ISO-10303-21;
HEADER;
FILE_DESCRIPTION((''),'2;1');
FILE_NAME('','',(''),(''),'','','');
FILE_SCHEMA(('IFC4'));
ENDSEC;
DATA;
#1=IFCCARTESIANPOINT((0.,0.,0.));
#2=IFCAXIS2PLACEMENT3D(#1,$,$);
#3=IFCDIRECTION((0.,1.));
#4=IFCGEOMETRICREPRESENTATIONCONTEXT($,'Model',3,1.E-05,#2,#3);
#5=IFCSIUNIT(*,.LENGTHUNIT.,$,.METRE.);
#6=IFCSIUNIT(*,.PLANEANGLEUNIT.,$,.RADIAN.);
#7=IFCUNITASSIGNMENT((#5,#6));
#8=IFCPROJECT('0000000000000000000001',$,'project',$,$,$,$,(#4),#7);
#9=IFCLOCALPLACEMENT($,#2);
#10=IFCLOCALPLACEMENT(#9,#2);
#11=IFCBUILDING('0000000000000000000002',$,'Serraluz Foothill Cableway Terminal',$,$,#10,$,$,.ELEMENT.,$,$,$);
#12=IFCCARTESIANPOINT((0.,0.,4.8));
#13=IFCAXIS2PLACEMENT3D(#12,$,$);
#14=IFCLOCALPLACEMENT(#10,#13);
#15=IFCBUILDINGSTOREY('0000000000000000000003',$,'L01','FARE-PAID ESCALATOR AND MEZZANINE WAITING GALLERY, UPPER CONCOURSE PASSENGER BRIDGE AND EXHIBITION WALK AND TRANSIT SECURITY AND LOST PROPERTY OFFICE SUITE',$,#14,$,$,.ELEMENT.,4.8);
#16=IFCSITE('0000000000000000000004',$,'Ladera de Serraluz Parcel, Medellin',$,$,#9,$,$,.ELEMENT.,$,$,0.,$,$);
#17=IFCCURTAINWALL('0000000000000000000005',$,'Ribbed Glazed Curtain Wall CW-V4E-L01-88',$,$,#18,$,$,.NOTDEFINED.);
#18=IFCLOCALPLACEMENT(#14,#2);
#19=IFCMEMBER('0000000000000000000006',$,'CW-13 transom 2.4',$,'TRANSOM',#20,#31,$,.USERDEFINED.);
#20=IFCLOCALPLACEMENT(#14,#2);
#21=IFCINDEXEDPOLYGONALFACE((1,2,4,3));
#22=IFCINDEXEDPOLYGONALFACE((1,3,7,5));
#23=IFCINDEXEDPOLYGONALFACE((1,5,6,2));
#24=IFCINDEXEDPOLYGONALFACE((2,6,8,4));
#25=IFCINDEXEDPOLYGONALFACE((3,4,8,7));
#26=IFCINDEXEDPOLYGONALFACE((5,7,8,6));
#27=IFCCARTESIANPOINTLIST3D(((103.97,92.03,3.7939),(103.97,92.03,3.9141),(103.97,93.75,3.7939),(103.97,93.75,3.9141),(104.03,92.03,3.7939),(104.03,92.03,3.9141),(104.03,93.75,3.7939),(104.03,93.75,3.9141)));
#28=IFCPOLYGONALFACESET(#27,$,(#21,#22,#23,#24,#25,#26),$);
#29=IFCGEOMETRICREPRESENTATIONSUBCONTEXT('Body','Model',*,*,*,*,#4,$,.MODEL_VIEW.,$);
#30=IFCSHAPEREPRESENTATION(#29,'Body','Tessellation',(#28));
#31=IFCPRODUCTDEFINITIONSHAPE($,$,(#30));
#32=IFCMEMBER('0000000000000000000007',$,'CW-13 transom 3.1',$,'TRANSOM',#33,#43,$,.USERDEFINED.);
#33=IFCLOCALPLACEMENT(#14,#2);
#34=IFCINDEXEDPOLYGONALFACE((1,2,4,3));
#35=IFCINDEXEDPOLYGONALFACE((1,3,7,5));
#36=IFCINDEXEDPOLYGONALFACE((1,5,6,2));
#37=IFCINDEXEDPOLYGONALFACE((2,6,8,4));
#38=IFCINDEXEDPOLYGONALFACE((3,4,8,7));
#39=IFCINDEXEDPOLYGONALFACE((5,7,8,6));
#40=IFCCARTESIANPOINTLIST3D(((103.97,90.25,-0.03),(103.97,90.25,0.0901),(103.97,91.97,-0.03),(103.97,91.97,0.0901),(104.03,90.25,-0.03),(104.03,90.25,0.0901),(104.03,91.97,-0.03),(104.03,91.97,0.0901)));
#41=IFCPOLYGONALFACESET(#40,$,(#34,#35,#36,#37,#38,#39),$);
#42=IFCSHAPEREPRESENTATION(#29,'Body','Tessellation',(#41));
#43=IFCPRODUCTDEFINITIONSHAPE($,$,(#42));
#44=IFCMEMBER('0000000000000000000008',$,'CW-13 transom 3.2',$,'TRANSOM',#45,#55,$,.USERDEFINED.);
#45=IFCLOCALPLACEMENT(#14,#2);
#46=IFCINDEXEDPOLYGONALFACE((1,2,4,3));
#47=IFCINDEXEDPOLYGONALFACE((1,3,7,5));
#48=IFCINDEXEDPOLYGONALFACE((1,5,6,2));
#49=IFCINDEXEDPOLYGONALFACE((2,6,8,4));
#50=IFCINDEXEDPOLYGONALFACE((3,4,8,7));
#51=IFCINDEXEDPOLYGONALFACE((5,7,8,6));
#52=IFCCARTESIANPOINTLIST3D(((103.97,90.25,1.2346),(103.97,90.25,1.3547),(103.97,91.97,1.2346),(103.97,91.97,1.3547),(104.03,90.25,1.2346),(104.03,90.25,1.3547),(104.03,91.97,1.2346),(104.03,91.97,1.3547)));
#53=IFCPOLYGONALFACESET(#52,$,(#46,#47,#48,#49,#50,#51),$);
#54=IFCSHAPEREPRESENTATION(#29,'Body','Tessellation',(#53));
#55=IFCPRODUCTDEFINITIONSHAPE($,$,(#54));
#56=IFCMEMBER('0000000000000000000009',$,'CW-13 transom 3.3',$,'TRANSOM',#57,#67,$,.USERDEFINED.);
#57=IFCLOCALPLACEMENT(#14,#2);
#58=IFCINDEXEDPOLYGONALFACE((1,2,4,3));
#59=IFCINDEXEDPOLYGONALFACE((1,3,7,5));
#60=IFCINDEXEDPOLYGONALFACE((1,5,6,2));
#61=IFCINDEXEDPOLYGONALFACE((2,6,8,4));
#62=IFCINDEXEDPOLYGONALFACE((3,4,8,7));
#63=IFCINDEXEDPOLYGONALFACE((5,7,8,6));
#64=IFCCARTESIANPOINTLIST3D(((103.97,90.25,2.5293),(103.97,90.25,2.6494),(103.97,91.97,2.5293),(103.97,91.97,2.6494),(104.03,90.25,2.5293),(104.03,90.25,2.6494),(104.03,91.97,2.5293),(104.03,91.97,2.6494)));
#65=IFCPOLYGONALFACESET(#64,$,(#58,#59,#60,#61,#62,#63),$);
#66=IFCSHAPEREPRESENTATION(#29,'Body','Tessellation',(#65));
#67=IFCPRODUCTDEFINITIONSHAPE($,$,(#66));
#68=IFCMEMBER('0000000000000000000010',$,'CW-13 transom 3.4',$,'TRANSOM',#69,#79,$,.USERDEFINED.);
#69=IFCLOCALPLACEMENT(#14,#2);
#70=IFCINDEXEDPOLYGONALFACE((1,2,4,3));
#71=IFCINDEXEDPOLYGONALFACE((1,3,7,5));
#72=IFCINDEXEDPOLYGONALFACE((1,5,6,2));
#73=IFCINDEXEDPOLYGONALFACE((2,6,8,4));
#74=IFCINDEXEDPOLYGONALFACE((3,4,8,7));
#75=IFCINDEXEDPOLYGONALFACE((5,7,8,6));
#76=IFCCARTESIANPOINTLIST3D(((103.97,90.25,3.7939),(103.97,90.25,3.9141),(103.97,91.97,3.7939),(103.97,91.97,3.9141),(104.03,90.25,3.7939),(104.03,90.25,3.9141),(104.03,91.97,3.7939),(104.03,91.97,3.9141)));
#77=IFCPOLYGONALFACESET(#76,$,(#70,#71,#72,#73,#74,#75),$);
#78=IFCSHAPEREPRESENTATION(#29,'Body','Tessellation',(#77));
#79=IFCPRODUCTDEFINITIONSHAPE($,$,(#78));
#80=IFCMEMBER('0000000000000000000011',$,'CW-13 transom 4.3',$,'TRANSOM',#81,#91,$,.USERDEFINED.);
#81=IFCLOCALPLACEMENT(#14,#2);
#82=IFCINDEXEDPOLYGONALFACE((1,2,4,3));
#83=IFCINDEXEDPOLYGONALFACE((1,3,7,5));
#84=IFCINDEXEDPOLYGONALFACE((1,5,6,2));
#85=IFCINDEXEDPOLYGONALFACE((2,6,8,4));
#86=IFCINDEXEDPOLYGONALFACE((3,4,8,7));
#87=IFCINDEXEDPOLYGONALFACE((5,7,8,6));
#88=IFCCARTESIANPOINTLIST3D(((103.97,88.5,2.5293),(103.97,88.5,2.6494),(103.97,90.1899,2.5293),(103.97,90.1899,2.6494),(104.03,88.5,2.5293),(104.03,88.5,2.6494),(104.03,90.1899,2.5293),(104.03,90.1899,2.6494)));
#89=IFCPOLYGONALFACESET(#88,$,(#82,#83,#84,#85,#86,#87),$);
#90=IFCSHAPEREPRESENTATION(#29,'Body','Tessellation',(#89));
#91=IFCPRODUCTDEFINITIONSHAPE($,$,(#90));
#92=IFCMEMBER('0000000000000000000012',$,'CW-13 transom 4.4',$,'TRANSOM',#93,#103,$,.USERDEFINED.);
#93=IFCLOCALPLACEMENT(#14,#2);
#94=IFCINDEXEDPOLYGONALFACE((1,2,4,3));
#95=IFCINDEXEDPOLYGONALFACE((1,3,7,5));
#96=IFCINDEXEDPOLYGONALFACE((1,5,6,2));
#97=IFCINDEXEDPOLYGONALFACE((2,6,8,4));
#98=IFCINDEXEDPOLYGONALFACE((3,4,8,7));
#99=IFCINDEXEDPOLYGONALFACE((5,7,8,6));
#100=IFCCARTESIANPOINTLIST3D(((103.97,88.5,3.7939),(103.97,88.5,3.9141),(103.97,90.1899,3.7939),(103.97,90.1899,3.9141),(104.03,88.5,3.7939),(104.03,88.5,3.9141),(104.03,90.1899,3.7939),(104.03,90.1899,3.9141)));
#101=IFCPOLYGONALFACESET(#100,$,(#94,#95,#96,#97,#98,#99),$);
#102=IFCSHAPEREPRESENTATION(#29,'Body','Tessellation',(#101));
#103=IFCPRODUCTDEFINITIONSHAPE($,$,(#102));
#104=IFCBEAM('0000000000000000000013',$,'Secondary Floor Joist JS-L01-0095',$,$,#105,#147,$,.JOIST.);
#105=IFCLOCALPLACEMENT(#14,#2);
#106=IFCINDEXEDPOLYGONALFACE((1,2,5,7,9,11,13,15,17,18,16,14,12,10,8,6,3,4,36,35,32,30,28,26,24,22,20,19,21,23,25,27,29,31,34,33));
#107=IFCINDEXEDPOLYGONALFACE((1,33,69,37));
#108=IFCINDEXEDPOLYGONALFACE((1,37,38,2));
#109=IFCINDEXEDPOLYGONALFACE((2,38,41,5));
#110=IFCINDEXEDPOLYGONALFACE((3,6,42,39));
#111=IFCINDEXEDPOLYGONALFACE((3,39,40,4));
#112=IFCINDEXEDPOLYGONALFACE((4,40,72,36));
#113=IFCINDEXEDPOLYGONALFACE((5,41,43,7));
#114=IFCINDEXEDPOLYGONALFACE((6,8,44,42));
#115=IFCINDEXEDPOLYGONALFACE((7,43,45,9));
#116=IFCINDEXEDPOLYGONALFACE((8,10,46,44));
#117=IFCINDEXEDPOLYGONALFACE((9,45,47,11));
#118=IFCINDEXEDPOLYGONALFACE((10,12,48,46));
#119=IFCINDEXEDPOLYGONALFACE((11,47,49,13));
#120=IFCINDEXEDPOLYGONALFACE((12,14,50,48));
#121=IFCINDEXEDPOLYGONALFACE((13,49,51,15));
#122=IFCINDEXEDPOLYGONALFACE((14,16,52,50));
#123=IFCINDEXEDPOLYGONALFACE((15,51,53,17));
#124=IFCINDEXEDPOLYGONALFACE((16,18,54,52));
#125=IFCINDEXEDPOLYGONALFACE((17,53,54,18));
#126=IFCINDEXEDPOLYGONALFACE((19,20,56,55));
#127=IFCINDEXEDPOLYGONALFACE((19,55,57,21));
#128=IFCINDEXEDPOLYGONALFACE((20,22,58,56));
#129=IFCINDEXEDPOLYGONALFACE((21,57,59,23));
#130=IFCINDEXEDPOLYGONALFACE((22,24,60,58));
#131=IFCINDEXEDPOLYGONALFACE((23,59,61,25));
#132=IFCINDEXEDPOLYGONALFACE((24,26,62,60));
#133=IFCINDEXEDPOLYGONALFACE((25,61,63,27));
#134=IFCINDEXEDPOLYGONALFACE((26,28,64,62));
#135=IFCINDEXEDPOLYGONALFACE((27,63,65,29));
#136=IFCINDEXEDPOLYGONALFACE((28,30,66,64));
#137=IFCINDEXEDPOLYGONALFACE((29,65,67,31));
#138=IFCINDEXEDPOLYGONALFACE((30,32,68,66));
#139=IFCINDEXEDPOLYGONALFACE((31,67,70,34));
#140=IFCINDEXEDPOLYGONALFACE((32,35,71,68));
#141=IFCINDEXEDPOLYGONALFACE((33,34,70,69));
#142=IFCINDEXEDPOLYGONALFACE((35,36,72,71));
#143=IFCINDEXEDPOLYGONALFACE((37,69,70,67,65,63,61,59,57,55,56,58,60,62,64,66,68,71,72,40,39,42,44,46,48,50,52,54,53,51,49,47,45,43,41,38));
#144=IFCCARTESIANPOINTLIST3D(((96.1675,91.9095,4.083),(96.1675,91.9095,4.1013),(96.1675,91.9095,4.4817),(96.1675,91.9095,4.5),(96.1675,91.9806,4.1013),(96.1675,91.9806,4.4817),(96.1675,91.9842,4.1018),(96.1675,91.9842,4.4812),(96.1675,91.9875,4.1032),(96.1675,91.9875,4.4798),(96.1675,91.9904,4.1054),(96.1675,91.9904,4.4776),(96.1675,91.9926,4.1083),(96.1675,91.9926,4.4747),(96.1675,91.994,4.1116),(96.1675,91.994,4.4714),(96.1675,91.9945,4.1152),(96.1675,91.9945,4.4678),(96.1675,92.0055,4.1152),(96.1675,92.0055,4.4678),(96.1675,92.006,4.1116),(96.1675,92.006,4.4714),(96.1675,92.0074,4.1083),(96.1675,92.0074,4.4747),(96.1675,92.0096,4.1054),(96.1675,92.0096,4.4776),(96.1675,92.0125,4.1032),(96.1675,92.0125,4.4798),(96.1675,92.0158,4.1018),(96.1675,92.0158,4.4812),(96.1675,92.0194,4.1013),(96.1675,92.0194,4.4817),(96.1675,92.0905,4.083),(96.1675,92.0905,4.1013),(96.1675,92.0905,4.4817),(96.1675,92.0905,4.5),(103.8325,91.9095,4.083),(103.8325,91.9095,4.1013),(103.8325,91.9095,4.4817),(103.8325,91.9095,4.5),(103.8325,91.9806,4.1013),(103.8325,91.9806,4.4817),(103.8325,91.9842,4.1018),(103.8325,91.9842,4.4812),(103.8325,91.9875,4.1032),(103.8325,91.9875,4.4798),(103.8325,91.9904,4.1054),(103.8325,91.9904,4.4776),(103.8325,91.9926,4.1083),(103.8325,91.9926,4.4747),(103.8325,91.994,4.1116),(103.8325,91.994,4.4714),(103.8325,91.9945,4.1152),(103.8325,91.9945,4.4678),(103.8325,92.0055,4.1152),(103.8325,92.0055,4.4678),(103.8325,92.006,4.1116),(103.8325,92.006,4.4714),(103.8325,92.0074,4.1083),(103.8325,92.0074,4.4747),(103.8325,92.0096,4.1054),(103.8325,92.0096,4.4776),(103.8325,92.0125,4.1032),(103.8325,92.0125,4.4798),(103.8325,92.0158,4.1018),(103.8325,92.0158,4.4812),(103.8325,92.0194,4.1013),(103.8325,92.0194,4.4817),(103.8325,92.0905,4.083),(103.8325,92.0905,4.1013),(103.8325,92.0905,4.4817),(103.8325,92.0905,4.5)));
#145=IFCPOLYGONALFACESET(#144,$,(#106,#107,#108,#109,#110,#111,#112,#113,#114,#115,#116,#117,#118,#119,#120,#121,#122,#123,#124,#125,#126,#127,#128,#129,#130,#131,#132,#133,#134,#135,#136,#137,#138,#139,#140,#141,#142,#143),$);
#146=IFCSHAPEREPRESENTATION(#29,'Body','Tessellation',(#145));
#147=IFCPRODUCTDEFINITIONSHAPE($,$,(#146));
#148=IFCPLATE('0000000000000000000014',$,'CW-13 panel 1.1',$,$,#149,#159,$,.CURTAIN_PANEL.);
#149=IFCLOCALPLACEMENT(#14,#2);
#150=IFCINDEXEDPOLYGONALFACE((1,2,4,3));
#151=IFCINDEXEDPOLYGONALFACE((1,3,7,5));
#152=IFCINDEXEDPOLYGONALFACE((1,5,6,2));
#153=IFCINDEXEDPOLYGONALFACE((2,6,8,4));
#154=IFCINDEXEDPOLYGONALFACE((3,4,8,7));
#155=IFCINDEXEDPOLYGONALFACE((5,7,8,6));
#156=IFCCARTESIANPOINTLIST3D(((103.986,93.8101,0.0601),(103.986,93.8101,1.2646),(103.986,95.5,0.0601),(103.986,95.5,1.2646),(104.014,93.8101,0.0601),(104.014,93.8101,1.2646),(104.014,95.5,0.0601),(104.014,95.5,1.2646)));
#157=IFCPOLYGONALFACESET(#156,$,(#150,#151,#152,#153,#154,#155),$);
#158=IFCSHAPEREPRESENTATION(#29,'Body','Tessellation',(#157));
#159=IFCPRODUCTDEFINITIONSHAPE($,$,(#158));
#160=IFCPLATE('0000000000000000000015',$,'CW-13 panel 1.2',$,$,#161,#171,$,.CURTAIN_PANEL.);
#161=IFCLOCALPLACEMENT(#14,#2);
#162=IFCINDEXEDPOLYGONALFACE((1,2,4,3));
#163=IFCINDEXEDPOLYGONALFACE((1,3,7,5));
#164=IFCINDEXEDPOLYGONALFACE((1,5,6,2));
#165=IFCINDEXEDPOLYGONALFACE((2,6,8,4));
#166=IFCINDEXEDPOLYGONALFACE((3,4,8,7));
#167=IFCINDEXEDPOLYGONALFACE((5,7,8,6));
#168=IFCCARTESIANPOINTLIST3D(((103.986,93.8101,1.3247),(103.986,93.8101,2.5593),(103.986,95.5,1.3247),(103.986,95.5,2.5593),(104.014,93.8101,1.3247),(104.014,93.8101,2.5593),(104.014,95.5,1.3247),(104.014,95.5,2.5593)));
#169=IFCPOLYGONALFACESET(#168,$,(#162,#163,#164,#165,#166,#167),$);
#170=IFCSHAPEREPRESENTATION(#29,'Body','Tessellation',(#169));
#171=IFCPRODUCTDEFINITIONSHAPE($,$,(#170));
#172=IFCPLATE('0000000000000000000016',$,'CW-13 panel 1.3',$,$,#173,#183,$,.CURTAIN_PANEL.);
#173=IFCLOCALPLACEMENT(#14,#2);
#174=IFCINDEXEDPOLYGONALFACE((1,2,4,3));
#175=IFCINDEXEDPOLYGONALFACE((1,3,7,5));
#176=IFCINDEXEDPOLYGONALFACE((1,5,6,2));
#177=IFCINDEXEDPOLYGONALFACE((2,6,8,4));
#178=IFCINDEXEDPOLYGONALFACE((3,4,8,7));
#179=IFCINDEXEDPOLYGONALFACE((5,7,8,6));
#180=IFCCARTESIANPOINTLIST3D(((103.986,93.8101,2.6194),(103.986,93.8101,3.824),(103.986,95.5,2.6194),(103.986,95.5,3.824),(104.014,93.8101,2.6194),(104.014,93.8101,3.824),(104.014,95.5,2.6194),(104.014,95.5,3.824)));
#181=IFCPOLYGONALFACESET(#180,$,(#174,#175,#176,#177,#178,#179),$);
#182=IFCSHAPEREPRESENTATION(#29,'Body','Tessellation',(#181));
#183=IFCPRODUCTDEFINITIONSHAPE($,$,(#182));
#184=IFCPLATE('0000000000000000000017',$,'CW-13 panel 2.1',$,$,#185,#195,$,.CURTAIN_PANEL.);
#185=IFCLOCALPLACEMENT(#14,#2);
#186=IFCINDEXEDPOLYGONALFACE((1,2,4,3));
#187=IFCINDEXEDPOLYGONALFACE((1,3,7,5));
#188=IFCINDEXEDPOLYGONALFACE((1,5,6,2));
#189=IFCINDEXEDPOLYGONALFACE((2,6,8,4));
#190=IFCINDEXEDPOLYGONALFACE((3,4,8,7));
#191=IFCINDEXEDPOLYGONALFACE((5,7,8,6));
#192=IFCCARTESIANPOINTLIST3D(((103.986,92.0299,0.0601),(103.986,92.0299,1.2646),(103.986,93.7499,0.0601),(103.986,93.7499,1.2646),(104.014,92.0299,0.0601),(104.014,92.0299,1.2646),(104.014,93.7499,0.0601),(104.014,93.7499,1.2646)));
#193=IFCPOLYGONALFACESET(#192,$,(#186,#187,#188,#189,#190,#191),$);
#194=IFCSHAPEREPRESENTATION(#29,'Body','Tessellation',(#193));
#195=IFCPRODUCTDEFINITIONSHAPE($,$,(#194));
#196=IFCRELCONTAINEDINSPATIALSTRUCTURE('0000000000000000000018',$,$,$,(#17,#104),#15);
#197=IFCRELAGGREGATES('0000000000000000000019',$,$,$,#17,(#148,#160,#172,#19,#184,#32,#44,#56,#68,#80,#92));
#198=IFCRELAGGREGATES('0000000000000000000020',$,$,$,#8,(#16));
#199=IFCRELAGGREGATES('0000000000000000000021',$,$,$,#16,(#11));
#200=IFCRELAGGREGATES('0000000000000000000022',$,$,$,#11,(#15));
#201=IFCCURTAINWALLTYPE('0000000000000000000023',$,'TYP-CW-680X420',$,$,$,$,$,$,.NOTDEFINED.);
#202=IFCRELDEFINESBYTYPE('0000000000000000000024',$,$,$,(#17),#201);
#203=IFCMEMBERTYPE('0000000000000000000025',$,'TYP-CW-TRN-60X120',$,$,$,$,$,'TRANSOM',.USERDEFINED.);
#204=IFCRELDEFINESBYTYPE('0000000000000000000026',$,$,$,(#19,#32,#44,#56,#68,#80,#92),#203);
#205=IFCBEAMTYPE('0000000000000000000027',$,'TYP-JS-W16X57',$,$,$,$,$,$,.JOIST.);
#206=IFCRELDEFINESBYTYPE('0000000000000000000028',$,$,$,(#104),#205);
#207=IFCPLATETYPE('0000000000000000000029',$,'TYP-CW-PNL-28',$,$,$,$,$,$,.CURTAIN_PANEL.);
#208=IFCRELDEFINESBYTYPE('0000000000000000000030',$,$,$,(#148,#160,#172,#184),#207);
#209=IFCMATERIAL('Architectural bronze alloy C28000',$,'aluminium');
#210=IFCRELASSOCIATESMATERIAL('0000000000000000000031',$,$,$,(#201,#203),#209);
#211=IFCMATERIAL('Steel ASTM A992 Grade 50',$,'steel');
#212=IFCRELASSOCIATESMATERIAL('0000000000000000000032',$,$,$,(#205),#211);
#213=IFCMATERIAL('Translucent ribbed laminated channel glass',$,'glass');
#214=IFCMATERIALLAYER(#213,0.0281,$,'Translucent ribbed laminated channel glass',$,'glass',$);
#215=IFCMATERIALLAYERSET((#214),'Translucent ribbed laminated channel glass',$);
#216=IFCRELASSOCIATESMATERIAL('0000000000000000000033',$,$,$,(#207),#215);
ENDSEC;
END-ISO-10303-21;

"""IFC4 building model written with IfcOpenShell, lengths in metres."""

from ifc_helpers import new_model, si_unit, direction, frame, origin, origin_2d, place, context, subcontext, project, spatial, rectangle, i_section, extrude, material, layer, layer_set, material_profile, profile_set, type_object, element, aggregate, save


model = new_model("IFC4")

# Units and contexts
model_context = context("Model", 3, precision=1e-05, world=origin(), true_north=direction((0.0, 1.0)))
body_context = subcontext(model_context, "Body", "Model", "MODEL_VIEW")
ifc_project = project(units=[si_unit("LENGTHUNIT", "METRE"), si_unit("PLANEANGLEUNIT", "RADIAN")], contexts=[model_context])

# Site, building, storey
site_placement = place(None, origin())
site = spatial("IfcSite", under=ifc_project, at=site_placement, Name="Ladera de Serraluz Parcel, Medellin", CompositionType="ELEMENT", RefElevation=0.0)
building_placement = place(site_placement, origin())
building = spatial("IfcBuilding", under=site, at=building_placement, Name="Serraluz Foothill Cableway Terminal", CompositionType="ELEMENT")
storey_placement = place(building_placement, frame((0.0, 0.0, 4.8)))
storey = spatial("IfcBuildingStorey", under=building, at=storey_placement, Name="L01", Description="FARE-PAID ESCALATOR AND MEZZANINE WAITING GALLERY, UPPER CONCOURSE PASSENGER BRIDGE AND EXHIBITION WALK AND TRANSIT SECURITY AND LOST PROPERTY OFFICE SUITE", CompositionType="ELEMENT", Elevation=4.8)

# Curtain wall, members
ifc_material_1 = material(Name="Architectural bronze alloy C28000", Category="aluminium")
curtain_wall_type = type_object("IfcCurtainWallType", Name="TYP-CW-680X420", PredefinedType="NOTDEFINED", material=ifc_material_1)
curtain_wall_placement = place(storey_placement, origin())
curtain_wall = element("IfcCurtainWall", 1, at=curtain_wall_placement, inside=storey, type_object=curtain_wall_type, Name="Ribbed Glazed Curtain Wall CW-V4E-L01-88", PredefinedType="NOTDEFINED")
ifc_material_profile_1 = material_profile(ifc_material_1, rectangle(XDim=0.0601, YDim=0.1201, at=origin_2d()), Name="ALU TRANSOM 60x120")
ifc_profile_set_1 = profile_set([ifc_material_profile_1], Name="Architectural bronze alloy C28000")
member_type_1 = type_object("IfcMemberType", Name="TYP-CW-TRN-60X120", ElementType="TRANSOM", PredefinedType="USERDEFINED", material=ifc_profile_set_1)
member_1_placement = place(storey_placement, frame((104.0, 93.75, 3.854), z_axis=(0.0, -1.0, 0.0), x_axis=(1.0, 0.0, 0.0)))
member_1 = element("IfcMember", 2, at=member_1_placement, type_object=member_type_1, Name="CW-13 transom 2.4", ObjectType="TRANSOM", PredefinedType="USERDEFINED", context=body_context, shape_type="SweptSolid", body=[
    extrude(rectangle(XDim=0.0601, YDim=0.1201, at=origin_2d()), origin(), (0.0, 0.0, 1.0), 1.72),
])
member_2_placement = place(storey_placement, frame((104.0, 91.97, 0.03), z_axis=(0.0, -1.0, 0.0), x_axis=(1.0, 0.0, 0.0)))
member_2 = element("IfcMember", 3, at=member_2_placement, type_object=member_type_1, Name="CW-13 transom 3.1", ObjectType="TRANSOM", PredefinedType="USERDEFINED", context=body_context, shape_type="SweptSolid", body=[
    extrude(rectangle(XDim=0.0601, YDim=0.1201, at=origin_2d()), origin(), (0.0, 0.0, 1.0), 1.72),
])
member_3_placement = place(storey_placement, frame((104.0, 91.97, 1.2947), z_axis=(0.0, -1.0, 0.0), x_axis=(1.0, 0.0, 0.0)))
member_3 = element("IfcMember", 4, at=member_3_placement, type_object=member_type_1, Name="CW-13 transom 3.2", ObjectType="TRANSOM", PredefinedType="USERDEFINED", context=body_context, shape_type="SweptSolid", body=[
    extrude(rectangle(XDim=0.0601, YDim=0.1201, at=origin_2d()), origin(), (0.0, 0.0, 1.0), 1.72),
])
member_4_placement = place(storey_placement, frame((104.0, 91.97, 2.5894), z_axis=(0.0, -1.0, 0.0), x_axis=(1.0, 0.0, 0.0)))
member_4 = element("IfcMember", 5, at=member_4_placement, type_object=member_type_1, Name="CW-13 transom 3.3", ObjectType="TRANSOM", PredefinedType="USERDEFINED", context=body_context, shape_type="SweptSolid", body=[
    extrude(rectangle(XDim=0.0601, YDim=0.1201, at=origin_2d()), origin(), (0.0, 0.0, 1.0), 1.72),
])
member_5_placement = place(storey_placement, frame((104.0, 91.97, 3.854), z_axis=(0.0, -1.0, 0.0), x_axis=(1.0, 0.0, 0.0)))
member_5 = element("IfcMember", 6, at=member_5_placement, type_object=member_type_1, Name="CW-13 transom 3.4", ObjectType="TRANSOM", PredefinedType="USERDEFINED", context=body_context, shape_type="SweptSolid", body=[
    extrude(rectangle(XDim=0.0601, YDim=0.1201, at=origin_2d()), origin(), (0.0, 0.0, 1.0), 1.72),
])
member_6_placement = place(storey_placement, frame((104.0, 90.1899, 2.5894), z_axis=(0.0, -1.0, 0.0), x_axis=(1.0, 0.0, 0.0)))
member_6 = element("IfcMember", 7, at=member_6_placement, type_object=member_type_1, Name="CW-13 transom 4.3", ObjectType="TRANSOM", PredefinedType="USERDEFINED", context=body_context, shape_type="SweptSolid", body=[
    extrude(rectangle(XDim=0.0601, YDim=0.1201, at=origin_2d()), origin(), (0.0, 0.0, 1.0), 1.6899),
])
member_7_placement = place(storey_placement, frame((104.0, 90.1899, 3.854), z_axis=(0.0, -1.0, 0.0), x_axis=(1.0, 0.0, 0.0)))
member_7 = element("IfcMember", 8, at=member_7_placement, type_object=member_type_1, Name="CW-13 transom 4.4", ObjectType="TRANSOM", PredefinedType="USERDEFINED", context=body_context, shape_type="SweptSolid", body=[
    extrude(rectangle(XDim=0.0601, YDim=0.1201, at=origin_2d()), origin(), (0.0, 0.0, 1.0), 1.6899),
])

# Beam
ifc_material_2 = material(Name="Steel ASTM A992 Grade 50", Category="steel")
ifc_material_profile_2 = material_profile(ifc_material_2, i_section(OverallWidth=0.1809, OverallDepth=0.417, WebThickness=0.011, FlangeThickness=0.0183, FilletRadius=0.0139, at=origin_2d()), Name="W16X57")
ifc_profile_set_2 = profile_set([ifc_material_profile_2], Name="Steel ASTM A992 Grade 50")
beam_type_1 = type_object("IfcBeamType", Name="TYP-JS-W16X57", PredefinedType="JOIST", material=ifc_profile_set_2)
beam_1_placement = place(storey_placement, frame((96.1675, 92.0, 4.2915), z_axis=(1.0, 0.0, 0.0), x_axis=(0.0, 1.0, 0.0)))
element("IfcBeam", 9, at=beam_1_placement, inside=storey, type_object=beam_type_1, Name="Secondary Floor Joist JS-L01-0095", PredefinedType="JOIST", context=body_context, shape_type="SweptSolid", body=[
    extrude(i_section(OverallWidth=0.1809, OverallDepth=0.417, WebThickness=0.011, FlangeThickness=0.0183, FilletRadius=0.0139, at=origin_2d()), origin(), (0.0, 0.0, 1.0), 7.665),
])

# Plates
ifc_material_3 = material(Name="Translucent ribbed laminated channel glass", Category="glass")
ifc_layer_1 = layer(ifc_material_3, 0.0281, Name="Translucent ribbed laminated channel glass", Category="glass")
ifc_layer_set_1 = layer_set([ifc_layer_1], Name="Translucent ribbed laminated channel glass")
plate_type = type_object("IfcPlateType", Name="TYP-CW-PNL-28", PredefinedType="CURTAIN_PANEL", material=ifc_layer_set_1)
plate_1_placement = place(storey_placement, frame((104.0, 94.655, 0.0601), z_axis=(0.0, 0.0, 1.0), x_axis=(0.0, -1.0, 0.0)))
plate_1 = element("IfcPlate", 10, at=plate_1_placement, type_object=plate_type, Name="CW-13 panel 1.1", PredefinedType="CURTAIN_PANEL", context=body_context, shape_type="SweptSolid", body=[
    extrude(rectangle(XDim=1.6899, YDim=0.0281, at=origin_2d()), origin(), (0.0, 0.0, 1.0), 1.2046),
])
plate_2_placement = place(storey_placement, frame((104.0, 94.655, 1.3247), z_axis=(0.0, 0.0, 1.0), x_axis=(0.0, -1.0, 0.0)))
plate_2 = element("IfcPlate", 11, at=plate_2_placement, type_object=plate_type, Name="CW-13 panel 1.2", PredefinedType="CURTAIN_PANEL", context=body_context, shape_type="SweptSolid", body=[
    extrude(rectangle(XDim=1.6899, YDim=0.0281, at=origin_2d()), origin(), (0.0, 0.0, 1.0), 1.2346),
])
plate_3_placement = place(storey_placement, frame((104.0, 94.655, 2.6194), z_axis=(0.0, 0.0, 1.0), x_axis=(0.0, -1.0, 0.0)))
plate_3 = element("IfcPlate", 12, at=plate_3_placement, type_object=plate_type, Name="CW-13 panel 1.3", PredefinedType="CURTAIN_PANEL", context=body_context, shape_type="SweptSolid", body=[
    extrude(rectangle(XDim=1.6899, YDim=0.0281, at=origin_2d()), origin(), (0.0, 0.0, 1.0), 1.2046),
])
plate_4_placement = place(storey_placement, frame((104.0, 92.8899, 0.0601), z_axis=(0.0, 0.0, 1.0), x_axis=(0.0, -1.0, 0.0)))
plate_4 = element("IfcPlate", 13, at=plate_4_placement, type_object=plate_type, Name="CW-13 panel 2.1", PredefinedType="CURTAIN_PANEL", context=body_context, shape_type="SweptSolid", body=[
    extrude(rectangle(XDim=1.72, YDim=0.0281, at=origin_2d()), origin(), (0.0, 0.0, 1.0), 1.2046),
])
aggregate(curtain_wall, [plate_1, plate_2, plate_3, member_1, plate_4, member_2, member_3, member_4, member_5, member_6, member_7])

save(model, "model.ifc")
